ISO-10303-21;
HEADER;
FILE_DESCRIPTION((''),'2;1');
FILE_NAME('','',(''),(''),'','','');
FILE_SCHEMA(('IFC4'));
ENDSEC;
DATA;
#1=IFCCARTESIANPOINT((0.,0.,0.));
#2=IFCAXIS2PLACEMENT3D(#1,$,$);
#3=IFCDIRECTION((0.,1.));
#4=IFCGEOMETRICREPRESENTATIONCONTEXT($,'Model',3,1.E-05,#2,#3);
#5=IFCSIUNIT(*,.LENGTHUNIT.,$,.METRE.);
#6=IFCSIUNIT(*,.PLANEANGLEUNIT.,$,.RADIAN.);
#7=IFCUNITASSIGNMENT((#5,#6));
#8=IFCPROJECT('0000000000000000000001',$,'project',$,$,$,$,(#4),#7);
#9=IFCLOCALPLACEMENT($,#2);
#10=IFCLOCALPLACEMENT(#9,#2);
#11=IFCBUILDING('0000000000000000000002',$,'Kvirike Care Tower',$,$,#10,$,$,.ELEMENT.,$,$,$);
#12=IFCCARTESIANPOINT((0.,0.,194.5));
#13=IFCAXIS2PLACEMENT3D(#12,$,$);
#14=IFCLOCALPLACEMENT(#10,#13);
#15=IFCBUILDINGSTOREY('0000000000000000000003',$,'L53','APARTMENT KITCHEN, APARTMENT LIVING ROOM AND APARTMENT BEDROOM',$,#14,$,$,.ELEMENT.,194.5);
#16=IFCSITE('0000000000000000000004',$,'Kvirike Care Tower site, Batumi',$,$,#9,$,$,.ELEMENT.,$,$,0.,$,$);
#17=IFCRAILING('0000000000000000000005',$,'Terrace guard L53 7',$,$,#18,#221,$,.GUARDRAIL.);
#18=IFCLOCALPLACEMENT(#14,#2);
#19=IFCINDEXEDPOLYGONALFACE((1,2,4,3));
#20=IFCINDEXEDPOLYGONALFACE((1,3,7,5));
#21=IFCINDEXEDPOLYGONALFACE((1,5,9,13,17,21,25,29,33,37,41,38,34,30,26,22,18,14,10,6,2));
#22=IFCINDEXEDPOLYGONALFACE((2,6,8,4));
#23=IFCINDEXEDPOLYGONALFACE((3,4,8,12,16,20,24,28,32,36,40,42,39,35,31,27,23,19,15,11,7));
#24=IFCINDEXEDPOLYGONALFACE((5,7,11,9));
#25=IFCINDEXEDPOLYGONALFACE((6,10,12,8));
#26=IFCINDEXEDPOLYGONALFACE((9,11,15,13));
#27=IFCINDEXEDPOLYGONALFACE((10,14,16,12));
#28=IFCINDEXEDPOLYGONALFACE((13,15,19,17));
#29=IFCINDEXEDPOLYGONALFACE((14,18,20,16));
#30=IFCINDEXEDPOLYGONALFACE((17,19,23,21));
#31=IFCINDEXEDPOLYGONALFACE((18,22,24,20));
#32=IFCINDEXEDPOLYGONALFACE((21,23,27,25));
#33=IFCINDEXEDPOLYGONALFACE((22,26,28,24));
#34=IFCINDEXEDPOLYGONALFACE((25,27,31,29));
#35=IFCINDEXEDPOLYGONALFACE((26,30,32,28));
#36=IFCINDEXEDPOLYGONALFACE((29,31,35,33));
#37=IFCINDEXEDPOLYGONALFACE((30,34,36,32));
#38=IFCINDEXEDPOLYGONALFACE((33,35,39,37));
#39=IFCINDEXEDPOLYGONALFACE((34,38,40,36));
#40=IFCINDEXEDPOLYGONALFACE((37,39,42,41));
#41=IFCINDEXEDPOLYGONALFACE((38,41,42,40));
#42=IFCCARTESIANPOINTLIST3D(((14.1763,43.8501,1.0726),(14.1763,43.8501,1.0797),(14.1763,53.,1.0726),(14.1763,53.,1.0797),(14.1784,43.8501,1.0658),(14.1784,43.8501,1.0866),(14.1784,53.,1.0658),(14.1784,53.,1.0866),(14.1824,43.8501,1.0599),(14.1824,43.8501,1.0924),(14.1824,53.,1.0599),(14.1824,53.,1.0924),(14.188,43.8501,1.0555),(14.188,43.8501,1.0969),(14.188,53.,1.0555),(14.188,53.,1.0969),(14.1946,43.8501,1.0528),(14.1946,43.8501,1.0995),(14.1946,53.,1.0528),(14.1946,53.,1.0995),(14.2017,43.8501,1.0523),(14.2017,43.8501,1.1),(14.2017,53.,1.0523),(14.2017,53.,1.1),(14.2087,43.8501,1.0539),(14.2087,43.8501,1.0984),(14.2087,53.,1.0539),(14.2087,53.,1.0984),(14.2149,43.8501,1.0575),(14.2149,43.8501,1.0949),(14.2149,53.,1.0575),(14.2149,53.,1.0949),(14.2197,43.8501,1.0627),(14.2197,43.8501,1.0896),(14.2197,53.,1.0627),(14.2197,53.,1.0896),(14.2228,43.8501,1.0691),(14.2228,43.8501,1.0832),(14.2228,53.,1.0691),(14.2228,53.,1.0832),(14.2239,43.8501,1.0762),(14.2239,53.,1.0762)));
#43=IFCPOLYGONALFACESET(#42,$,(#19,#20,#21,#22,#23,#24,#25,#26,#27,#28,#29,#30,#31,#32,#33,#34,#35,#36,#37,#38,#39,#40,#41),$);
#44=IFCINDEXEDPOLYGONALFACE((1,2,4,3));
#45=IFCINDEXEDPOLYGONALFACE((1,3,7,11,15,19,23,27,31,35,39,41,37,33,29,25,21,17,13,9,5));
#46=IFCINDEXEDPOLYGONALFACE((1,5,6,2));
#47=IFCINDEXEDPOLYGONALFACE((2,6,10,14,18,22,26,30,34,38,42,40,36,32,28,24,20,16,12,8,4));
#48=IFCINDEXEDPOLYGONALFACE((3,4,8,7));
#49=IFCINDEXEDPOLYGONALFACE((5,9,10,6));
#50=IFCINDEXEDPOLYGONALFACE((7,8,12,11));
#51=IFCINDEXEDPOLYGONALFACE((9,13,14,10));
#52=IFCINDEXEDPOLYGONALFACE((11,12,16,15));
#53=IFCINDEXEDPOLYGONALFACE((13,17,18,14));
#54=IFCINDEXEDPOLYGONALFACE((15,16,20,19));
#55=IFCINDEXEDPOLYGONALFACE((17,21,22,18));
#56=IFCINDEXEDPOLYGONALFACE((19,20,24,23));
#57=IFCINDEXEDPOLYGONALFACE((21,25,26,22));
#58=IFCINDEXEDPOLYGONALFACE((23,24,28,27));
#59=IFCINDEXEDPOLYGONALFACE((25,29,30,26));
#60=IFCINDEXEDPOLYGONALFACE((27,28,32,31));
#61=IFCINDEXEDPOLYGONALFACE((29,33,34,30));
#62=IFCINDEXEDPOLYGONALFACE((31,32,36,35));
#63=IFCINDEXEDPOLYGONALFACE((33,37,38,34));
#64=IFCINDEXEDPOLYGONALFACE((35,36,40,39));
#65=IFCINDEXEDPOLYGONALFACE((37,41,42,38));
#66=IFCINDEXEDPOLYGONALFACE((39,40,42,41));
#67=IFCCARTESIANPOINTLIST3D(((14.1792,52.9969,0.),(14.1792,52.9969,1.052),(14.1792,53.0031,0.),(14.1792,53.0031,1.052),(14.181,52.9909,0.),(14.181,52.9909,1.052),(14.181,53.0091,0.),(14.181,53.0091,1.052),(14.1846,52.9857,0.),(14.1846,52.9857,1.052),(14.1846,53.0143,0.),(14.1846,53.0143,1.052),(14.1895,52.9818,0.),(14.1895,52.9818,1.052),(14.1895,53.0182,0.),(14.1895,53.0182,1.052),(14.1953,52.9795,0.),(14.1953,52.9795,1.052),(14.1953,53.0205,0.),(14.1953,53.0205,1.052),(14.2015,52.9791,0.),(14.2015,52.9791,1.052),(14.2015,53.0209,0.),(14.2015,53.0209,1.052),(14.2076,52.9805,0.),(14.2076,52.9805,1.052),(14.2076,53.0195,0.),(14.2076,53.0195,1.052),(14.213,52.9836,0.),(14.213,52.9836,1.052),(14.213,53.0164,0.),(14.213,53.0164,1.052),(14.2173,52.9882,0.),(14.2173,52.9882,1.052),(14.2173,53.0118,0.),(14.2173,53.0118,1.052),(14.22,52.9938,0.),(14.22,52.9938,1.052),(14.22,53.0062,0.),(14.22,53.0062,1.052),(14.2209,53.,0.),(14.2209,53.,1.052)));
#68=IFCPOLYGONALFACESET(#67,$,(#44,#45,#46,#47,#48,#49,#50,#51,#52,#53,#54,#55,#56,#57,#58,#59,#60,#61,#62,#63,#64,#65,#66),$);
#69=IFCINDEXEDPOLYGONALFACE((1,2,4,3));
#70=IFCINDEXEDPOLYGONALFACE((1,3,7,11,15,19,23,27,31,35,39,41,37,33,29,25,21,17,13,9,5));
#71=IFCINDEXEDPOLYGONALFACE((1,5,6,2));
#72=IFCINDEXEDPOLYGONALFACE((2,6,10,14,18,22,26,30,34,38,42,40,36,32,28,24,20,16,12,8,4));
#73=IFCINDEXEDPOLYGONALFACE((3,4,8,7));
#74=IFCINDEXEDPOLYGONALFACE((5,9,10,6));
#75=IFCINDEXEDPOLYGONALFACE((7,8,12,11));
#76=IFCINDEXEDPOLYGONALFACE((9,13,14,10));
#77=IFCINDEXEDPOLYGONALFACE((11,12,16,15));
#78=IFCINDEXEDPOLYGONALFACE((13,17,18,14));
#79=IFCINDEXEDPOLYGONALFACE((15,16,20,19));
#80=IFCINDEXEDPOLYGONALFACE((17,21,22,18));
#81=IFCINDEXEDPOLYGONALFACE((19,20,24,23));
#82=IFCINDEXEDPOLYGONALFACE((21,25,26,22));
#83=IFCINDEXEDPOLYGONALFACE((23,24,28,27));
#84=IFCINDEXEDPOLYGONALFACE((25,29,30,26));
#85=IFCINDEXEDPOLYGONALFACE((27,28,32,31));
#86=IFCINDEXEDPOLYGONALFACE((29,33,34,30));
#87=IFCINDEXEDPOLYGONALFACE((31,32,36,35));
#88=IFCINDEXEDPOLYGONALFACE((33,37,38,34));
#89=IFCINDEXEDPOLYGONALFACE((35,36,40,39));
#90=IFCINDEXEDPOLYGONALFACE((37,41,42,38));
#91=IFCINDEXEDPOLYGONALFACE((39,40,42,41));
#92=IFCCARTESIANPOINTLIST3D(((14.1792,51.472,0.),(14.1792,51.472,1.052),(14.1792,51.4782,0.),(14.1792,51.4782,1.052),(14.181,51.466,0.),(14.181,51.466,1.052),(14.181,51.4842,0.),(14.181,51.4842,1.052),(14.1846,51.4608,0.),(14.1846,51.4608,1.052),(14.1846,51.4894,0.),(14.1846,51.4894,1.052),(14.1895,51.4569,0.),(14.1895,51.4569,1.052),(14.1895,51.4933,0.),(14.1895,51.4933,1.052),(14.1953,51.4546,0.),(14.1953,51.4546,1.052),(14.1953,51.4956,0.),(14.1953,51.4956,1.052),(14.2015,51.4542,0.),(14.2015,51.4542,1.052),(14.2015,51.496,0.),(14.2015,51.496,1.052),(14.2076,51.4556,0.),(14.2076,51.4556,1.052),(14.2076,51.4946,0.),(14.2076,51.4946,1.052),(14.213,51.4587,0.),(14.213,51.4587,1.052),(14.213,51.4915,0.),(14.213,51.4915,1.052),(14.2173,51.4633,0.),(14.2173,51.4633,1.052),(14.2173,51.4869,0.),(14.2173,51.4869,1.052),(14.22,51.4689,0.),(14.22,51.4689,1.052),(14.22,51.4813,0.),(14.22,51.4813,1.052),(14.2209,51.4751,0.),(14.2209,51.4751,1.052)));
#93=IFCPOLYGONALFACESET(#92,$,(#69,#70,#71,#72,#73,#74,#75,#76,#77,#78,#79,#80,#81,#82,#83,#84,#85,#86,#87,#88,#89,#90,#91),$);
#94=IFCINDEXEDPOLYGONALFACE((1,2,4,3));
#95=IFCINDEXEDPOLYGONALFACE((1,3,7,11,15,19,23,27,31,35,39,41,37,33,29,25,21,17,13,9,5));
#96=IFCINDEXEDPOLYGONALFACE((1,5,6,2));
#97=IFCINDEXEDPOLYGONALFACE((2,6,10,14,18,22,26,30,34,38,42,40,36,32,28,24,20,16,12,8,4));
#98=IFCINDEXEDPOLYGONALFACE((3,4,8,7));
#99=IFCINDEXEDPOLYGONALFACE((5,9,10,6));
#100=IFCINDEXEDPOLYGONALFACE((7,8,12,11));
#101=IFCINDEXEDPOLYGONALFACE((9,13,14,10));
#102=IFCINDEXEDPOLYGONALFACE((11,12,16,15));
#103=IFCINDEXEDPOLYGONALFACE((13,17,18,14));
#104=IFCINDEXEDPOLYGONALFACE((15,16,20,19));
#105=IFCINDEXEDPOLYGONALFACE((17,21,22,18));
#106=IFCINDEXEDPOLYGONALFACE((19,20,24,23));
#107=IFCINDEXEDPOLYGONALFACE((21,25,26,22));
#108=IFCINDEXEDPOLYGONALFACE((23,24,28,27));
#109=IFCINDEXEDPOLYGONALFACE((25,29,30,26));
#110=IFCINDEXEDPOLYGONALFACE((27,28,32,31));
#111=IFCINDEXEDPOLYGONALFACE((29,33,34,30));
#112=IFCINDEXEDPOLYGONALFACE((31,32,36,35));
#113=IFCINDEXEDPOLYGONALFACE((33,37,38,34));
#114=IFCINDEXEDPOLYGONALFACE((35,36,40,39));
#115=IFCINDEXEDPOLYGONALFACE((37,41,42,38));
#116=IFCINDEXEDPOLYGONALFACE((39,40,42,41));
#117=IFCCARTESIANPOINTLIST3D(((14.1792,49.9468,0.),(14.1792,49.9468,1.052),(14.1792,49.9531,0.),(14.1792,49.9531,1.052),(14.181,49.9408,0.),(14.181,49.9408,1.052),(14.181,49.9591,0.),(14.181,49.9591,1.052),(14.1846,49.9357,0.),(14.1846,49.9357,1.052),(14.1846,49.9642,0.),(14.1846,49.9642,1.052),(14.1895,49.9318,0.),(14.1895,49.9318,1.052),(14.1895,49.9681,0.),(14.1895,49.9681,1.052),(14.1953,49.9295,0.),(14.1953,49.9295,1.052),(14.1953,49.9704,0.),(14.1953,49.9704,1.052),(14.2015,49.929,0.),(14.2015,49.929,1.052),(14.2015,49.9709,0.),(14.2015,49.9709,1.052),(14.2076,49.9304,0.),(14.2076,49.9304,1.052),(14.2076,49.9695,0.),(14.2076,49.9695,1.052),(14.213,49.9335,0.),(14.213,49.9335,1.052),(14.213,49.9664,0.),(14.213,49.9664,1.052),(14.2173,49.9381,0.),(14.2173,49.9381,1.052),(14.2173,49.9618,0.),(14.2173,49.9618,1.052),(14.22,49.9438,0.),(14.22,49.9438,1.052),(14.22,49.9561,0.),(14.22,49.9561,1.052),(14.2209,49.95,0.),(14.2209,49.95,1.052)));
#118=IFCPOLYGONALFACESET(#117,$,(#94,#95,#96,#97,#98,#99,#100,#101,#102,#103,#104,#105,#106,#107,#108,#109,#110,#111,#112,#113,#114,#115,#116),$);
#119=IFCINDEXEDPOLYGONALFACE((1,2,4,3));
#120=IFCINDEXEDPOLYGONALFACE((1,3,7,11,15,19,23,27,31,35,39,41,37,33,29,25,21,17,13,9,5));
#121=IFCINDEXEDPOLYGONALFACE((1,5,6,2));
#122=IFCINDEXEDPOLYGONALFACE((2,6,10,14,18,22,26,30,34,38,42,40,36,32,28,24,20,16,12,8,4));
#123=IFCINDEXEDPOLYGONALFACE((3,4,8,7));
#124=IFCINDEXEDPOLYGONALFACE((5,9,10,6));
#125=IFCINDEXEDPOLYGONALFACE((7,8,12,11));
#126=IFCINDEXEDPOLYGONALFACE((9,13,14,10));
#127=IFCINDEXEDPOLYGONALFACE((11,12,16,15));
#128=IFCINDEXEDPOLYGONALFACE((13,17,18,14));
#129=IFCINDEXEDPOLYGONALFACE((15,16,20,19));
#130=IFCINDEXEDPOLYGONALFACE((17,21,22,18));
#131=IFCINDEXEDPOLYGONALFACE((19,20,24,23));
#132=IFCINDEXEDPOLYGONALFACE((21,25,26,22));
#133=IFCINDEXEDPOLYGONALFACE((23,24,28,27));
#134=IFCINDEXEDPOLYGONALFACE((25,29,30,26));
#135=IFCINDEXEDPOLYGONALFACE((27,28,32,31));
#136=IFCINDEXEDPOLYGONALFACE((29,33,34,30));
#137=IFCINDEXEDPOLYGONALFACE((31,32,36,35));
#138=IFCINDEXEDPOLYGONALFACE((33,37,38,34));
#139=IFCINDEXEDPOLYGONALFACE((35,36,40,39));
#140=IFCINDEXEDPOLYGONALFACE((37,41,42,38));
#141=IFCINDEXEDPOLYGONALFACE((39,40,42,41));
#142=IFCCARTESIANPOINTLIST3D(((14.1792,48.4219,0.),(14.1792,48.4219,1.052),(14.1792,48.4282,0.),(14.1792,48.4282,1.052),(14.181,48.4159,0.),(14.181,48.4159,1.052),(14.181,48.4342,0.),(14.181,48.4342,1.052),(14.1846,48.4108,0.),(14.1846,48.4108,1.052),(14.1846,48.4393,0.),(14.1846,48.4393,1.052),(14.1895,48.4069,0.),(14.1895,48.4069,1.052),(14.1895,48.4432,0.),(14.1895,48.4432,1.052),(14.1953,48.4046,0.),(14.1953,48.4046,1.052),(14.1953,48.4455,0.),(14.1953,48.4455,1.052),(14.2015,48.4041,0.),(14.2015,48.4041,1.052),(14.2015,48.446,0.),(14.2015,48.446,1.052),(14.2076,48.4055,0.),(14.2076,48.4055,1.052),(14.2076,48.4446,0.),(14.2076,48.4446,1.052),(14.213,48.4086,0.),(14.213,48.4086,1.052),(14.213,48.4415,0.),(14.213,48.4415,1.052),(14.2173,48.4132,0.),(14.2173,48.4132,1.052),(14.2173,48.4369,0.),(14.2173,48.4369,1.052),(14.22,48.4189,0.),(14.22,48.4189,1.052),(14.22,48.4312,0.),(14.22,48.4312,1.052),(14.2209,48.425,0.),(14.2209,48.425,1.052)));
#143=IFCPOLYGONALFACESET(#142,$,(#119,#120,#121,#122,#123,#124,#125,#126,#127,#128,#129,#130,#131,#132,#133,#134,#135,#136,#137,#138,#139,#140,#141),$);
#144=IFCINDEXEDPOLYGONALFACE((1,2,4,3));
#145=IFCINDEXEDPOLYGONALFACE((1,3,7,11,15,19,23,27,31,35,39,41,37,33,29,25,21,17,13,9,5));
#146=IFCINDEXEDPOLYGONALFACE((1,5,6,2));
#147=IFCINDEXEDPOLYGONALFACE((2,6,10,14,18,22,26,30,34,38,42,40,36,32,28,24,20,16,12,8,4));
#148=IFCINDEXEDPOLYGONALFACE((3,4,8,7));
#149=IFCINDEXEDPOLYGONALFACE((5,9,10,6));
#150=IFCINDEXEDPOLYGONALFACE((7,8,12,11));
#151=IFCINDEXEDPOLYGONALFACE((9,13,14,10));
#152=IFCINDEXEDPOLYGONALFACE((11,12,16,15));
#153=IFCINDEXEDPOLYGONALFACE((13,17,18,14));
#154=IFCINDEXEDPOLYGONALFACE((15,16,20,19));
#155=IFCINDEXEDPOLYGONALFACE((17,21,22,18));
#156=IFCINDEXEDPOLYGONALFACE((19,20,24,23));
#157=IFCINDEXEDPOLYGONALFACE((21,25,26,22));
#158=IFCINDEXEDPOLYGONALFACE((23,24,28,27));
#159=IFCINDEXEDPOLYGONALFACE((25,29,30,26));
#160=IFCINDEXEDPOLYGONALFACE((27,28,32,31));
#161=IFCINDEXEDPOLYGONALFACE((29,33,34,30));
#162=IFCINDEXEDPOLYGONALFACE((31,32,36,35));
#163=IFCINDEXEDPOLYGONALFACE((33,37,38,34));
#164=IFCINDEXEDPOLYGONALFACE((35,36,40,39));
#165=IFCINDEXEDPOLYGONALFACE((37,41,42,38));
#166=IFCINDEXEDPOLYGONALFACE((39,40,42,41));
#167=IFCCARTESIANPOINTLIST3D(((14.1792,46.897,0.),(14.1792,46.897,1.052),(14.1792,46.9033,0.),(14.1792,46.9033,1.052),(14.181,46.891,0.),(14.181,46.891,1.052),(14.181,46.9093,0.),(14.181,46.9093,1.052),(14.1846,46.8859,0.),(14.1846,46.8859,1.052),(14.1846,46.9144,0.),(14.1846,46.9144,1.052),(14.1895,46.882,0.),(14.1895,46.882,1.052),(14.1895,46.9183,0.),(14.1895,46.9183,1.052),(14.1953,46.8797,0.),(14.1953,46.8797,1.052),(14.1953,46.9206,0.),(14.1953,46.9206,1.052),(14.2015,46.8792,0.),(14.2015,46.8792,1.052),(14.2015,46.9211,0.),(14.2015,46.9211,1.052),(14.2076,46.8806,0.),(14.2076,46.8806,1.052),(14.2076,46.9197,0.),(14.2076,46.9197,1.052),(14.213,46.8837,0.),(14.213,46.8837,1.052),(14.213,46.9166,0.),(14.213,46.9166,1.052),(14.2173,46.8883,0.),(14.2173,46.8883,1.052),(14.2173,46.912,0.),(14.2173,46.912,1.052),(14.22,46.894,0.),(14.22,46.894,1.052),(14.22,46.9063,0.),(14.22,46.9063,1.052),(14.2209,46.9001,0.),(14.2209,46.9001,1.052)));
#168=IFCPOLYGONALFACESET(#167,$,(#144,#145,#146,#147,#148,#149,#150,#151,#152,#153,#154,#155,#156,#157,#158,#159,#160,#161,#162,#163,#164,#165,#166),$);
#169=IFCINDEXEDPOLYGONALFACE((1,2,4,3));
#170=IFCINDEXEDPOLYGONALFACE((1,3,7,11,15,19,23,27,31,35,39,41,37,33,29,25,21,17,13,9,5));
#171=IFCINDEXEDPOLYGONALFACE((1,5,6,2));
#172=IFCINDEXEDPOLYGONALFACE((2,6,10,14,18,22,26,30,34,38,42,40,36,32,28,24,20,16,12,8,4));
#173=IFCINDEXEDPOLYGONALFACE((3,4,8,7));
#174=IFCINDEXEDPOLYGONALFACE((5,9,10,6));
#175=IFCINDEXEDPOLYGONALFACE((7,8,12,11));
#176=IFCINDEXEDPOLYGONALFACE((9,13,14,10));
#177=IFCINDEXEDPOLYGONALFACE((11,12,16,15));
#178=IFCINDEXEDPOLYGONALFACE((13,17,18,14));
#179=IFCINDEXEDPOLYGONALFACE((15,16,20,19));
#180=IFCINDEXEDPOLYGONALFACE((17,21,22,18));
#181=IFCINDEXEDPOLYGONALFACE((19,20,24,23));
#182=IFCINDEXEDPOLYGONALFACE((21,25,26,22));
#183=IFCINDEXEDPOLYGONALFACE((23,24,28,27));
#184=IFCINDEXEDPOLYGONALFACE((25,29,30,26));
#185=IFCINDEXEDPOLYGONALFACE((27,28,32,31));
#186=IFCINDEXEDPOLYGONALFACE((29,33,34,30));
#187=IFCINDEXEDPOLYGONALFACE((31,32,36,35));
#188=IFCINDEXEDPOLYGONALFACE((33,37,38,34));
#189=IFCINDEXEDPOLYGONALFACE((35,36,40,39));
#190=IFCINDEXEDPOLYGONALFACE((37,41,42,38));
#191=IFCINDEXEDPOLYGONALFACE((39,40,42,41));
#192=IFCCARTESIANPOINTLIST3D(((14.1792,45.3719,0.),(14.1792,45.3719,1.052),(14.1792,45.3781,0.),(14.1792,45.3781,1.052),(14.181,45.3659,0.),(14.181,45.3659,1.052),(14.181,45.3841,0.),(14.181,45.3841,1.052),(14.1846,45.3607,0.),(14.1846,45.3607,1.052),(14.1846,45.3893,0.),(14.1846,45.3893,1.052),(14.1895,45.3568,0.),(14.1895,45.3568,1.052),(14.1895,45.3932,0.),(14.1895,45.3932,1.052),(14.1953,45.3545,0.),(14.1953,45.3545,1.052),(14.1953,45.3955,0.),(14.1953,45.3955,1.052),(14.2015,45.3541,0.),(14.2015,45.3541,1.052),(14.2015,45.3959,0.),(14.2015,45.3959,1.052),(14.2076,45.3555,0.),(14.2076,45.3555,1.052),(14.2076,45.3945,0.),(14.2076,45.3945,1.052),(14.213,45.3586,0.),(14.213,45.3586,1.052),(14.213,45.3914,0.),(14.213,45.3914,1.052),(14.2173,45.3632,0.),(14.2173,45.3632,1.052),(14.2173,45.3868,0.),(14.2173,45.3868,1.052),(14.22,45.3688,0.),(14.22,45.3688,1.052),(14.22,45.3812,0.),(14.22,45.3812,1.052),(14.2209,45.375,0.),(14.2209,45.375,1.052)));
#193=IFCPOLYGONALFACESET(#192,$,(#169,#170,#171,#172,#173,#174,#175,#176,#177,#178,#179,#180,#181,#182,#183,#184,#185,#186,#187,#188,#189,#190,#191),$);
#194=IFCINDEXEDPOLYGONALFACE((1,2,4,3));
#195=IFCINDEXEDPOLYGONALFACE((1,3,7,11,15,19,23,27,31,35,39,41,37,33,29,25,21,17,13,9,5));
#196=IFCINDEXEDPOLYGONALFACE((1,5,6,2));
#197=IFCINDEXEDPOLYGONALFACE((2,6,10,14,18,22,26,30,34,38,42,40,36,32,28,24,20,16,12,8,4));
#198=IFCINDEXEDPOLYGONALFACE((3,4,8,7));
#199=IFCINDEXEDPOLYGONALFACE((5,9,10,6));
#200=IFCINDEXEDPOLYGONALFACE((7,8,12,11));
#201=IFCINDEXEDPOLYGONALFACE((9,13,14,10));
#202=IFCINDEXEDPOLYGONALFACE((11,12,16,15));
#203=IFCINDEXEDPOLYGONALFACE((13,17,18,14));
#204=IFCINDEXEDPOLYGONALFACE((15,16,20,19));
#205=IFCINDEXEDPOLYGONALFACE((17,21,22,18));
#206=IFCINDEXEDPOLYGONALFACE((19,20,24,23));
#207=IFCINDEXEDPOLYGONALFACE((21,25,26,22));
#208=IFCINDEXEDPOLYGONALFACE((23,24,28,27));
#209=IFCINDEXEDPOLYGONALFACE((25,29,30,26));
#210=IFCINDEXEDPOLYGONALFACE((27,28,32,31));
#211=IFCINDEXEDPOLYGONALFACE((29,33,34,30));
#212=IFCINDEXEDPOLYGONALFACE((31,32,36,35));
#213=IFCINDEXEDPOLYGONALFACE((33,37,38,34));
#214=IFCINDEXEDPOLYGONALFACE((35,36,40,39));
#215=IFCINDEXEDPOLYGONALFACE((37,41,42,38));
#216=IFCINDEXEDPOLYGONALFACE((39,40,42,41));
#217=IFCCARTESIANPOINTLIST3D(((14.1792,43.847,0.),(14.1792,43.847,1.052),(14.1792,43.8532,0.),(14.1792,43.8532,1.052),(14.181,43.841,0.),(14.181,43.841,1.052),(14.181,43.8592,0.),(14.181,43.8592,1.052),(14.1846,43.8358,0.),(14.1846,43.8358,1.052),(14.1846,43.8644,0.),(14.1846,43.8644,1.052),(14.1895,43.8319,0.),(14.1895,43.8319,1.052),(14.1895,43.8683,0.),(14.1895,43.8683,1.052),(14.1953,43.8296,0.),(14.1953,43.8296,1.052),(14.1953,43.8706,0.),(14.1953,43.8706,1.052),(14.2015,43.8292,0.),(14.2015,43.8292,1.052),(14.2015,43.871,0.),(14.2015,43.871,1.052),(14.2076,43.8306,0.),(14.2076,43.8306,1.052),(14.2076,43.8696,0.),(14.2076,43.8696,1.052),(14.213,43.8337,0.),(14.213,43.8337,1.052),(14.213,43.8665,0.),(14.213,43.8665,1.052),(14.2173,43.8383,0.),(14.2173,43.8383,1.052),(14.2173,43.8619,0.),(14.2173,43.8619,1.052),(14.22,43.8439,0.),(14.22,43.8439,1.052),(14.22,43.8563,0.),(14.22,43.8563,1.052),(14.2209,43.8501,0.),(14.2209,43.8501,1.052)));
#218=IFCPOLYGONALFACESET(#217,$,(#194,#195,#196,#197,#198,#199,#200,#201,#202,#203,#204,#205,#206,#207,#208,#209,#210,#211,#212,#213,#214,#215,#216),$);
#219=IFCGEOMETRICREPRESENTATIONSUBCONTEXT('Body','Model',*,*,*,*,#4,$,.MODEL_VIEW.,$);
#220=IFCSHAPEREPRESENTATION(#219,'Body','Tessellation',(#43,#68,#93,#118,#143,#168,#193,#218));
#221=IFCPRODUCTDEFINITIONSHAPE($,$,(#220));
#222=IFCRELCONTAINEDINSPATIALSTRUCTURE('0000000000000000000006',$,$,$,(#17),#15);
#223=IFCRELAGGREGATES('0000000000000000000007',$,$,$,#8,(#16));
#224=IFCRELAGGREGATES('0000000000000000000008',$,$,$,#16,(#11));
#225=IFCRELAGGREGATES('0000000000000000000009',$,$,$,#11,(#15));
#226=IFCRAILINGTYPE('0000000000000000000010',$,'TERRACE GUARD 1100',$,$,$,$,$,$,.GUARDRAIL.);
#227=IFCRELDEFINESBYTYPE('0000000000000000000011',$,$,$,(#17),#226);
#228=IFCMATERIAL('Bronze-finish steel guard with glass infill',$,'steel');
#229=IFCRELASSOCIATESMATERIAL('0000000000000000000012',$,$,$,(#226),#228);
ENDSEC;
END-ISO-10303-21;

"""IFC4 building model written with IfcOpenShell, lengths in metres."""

from ifc_helpers import new_model, si_unit, direction, frame, origin, origin_2d, place, context, subcontext, project, spatial, circle, extrude, material, type_object, element, save


model = new_model("IFC4")

# Units and contexts
model_context = context("Model", 3, precision=1e-05, world=origin(), true_north=direction((0.0, 1.0)))
body_context = subcontext(model_context, "Body", "Model", "MODEL_VIEW")
ifc_project = project(units=[si_unit("LENGTHUNIT", "METRE"), si_unit("PLANEANGLEUNIT", "RADIAN")], contexts=[model_context])

# Site, building, storey
site_placement = place(None, origin())
site = spatial("IfcSite", under=ifc_project, at=site_placement, Name="Kvirike Care Tower site, Batumi", CompositionType="ELEMENT", RefElevation=0.0)
building_placement = place(site_placement, origin())
building = spatial("IfcBuilding", under=site, at=building_placement, Name="Kvirike Care Tower", CompositionType="ELEMENT")
storey_placement = place(building_placement, frame((0.0, 0.0, 194.5)))
storey = spatial("IfcBuildingStorey", under=building, at=storey_placement, Name="L53", Description="APARTMENT KITCHEN, APARTMENT LIVING ROOM AND APARTMENT BEDROOM", CompositionType="ELEMENT", Elevation=194.5)

# Railing
ifc_material_1 = material(Name="Bronze-finish steel guard with glass infill", Category="steel")
railing_type = type_object("IfcRailingType", Name="TERRACE GUARD 1100", PredefinedType="GUARDRAIL", material=ifc_material_1)
railing_placement = place(storey_placement, frame((14.2, 53.0, 0.0)))
element("IfcRailing", 1, at=railing_placement, inside=storey, type_object=railing_type, Name="Terrace guard L53 7", PredefinedType="GUARDRAIL", context=body_context, shape_type="SweptSolid", body=[
    extrude(circle(Radius=0.0239, at=origin_2d()), frame((0.0, 0.0, 1.0762), z_axis=(0.0, -1.0, 0.0), x_axis=(1.0, 0.0, 0.0)), (0.0, 0.0, 1.0), 9.1499),
    extrude(circle(Radius=0.021, at=origin_2d()), origin(), (0.0, 0.0, 1.0), 1.052),
    extrude(circle(Radius=0.021, at=origin_2d()), frame((0.0, -1.5249, 0.0)), (0.0, 0.0, 1.0), 1.052),
    extrude(circle(Radius=0.021, at=origin_2d()), frame((0.0, -3.05, 0.0)), (0.0, 0.0, 1.0), 1.052),
    extrude(circle(Radius=0.021, at=origin_2d()), frame((0.0, -4.575, 0.0)), (0.0, 0.0, 1.0), 1.052),
    extrude(circle(Radius=0.021, at=origin_2d()), frame((0.0, -6.0999, 0.0)), (0.0, 0.0, 1.0), 1.052),
    extrude(circle(Radius=0.021, at=origin_2d()), frame((0.0, -7.625, 0.0)), (0.0, 0.0, 1.0), 1.052),
    extrude(circle(Radius=0.021, at=origin_2d()), frame((0.0, -9.1499, 0.0)), (0.0, 0.0, 1.0), 1.052),
])

save(model, "model.ifc")
